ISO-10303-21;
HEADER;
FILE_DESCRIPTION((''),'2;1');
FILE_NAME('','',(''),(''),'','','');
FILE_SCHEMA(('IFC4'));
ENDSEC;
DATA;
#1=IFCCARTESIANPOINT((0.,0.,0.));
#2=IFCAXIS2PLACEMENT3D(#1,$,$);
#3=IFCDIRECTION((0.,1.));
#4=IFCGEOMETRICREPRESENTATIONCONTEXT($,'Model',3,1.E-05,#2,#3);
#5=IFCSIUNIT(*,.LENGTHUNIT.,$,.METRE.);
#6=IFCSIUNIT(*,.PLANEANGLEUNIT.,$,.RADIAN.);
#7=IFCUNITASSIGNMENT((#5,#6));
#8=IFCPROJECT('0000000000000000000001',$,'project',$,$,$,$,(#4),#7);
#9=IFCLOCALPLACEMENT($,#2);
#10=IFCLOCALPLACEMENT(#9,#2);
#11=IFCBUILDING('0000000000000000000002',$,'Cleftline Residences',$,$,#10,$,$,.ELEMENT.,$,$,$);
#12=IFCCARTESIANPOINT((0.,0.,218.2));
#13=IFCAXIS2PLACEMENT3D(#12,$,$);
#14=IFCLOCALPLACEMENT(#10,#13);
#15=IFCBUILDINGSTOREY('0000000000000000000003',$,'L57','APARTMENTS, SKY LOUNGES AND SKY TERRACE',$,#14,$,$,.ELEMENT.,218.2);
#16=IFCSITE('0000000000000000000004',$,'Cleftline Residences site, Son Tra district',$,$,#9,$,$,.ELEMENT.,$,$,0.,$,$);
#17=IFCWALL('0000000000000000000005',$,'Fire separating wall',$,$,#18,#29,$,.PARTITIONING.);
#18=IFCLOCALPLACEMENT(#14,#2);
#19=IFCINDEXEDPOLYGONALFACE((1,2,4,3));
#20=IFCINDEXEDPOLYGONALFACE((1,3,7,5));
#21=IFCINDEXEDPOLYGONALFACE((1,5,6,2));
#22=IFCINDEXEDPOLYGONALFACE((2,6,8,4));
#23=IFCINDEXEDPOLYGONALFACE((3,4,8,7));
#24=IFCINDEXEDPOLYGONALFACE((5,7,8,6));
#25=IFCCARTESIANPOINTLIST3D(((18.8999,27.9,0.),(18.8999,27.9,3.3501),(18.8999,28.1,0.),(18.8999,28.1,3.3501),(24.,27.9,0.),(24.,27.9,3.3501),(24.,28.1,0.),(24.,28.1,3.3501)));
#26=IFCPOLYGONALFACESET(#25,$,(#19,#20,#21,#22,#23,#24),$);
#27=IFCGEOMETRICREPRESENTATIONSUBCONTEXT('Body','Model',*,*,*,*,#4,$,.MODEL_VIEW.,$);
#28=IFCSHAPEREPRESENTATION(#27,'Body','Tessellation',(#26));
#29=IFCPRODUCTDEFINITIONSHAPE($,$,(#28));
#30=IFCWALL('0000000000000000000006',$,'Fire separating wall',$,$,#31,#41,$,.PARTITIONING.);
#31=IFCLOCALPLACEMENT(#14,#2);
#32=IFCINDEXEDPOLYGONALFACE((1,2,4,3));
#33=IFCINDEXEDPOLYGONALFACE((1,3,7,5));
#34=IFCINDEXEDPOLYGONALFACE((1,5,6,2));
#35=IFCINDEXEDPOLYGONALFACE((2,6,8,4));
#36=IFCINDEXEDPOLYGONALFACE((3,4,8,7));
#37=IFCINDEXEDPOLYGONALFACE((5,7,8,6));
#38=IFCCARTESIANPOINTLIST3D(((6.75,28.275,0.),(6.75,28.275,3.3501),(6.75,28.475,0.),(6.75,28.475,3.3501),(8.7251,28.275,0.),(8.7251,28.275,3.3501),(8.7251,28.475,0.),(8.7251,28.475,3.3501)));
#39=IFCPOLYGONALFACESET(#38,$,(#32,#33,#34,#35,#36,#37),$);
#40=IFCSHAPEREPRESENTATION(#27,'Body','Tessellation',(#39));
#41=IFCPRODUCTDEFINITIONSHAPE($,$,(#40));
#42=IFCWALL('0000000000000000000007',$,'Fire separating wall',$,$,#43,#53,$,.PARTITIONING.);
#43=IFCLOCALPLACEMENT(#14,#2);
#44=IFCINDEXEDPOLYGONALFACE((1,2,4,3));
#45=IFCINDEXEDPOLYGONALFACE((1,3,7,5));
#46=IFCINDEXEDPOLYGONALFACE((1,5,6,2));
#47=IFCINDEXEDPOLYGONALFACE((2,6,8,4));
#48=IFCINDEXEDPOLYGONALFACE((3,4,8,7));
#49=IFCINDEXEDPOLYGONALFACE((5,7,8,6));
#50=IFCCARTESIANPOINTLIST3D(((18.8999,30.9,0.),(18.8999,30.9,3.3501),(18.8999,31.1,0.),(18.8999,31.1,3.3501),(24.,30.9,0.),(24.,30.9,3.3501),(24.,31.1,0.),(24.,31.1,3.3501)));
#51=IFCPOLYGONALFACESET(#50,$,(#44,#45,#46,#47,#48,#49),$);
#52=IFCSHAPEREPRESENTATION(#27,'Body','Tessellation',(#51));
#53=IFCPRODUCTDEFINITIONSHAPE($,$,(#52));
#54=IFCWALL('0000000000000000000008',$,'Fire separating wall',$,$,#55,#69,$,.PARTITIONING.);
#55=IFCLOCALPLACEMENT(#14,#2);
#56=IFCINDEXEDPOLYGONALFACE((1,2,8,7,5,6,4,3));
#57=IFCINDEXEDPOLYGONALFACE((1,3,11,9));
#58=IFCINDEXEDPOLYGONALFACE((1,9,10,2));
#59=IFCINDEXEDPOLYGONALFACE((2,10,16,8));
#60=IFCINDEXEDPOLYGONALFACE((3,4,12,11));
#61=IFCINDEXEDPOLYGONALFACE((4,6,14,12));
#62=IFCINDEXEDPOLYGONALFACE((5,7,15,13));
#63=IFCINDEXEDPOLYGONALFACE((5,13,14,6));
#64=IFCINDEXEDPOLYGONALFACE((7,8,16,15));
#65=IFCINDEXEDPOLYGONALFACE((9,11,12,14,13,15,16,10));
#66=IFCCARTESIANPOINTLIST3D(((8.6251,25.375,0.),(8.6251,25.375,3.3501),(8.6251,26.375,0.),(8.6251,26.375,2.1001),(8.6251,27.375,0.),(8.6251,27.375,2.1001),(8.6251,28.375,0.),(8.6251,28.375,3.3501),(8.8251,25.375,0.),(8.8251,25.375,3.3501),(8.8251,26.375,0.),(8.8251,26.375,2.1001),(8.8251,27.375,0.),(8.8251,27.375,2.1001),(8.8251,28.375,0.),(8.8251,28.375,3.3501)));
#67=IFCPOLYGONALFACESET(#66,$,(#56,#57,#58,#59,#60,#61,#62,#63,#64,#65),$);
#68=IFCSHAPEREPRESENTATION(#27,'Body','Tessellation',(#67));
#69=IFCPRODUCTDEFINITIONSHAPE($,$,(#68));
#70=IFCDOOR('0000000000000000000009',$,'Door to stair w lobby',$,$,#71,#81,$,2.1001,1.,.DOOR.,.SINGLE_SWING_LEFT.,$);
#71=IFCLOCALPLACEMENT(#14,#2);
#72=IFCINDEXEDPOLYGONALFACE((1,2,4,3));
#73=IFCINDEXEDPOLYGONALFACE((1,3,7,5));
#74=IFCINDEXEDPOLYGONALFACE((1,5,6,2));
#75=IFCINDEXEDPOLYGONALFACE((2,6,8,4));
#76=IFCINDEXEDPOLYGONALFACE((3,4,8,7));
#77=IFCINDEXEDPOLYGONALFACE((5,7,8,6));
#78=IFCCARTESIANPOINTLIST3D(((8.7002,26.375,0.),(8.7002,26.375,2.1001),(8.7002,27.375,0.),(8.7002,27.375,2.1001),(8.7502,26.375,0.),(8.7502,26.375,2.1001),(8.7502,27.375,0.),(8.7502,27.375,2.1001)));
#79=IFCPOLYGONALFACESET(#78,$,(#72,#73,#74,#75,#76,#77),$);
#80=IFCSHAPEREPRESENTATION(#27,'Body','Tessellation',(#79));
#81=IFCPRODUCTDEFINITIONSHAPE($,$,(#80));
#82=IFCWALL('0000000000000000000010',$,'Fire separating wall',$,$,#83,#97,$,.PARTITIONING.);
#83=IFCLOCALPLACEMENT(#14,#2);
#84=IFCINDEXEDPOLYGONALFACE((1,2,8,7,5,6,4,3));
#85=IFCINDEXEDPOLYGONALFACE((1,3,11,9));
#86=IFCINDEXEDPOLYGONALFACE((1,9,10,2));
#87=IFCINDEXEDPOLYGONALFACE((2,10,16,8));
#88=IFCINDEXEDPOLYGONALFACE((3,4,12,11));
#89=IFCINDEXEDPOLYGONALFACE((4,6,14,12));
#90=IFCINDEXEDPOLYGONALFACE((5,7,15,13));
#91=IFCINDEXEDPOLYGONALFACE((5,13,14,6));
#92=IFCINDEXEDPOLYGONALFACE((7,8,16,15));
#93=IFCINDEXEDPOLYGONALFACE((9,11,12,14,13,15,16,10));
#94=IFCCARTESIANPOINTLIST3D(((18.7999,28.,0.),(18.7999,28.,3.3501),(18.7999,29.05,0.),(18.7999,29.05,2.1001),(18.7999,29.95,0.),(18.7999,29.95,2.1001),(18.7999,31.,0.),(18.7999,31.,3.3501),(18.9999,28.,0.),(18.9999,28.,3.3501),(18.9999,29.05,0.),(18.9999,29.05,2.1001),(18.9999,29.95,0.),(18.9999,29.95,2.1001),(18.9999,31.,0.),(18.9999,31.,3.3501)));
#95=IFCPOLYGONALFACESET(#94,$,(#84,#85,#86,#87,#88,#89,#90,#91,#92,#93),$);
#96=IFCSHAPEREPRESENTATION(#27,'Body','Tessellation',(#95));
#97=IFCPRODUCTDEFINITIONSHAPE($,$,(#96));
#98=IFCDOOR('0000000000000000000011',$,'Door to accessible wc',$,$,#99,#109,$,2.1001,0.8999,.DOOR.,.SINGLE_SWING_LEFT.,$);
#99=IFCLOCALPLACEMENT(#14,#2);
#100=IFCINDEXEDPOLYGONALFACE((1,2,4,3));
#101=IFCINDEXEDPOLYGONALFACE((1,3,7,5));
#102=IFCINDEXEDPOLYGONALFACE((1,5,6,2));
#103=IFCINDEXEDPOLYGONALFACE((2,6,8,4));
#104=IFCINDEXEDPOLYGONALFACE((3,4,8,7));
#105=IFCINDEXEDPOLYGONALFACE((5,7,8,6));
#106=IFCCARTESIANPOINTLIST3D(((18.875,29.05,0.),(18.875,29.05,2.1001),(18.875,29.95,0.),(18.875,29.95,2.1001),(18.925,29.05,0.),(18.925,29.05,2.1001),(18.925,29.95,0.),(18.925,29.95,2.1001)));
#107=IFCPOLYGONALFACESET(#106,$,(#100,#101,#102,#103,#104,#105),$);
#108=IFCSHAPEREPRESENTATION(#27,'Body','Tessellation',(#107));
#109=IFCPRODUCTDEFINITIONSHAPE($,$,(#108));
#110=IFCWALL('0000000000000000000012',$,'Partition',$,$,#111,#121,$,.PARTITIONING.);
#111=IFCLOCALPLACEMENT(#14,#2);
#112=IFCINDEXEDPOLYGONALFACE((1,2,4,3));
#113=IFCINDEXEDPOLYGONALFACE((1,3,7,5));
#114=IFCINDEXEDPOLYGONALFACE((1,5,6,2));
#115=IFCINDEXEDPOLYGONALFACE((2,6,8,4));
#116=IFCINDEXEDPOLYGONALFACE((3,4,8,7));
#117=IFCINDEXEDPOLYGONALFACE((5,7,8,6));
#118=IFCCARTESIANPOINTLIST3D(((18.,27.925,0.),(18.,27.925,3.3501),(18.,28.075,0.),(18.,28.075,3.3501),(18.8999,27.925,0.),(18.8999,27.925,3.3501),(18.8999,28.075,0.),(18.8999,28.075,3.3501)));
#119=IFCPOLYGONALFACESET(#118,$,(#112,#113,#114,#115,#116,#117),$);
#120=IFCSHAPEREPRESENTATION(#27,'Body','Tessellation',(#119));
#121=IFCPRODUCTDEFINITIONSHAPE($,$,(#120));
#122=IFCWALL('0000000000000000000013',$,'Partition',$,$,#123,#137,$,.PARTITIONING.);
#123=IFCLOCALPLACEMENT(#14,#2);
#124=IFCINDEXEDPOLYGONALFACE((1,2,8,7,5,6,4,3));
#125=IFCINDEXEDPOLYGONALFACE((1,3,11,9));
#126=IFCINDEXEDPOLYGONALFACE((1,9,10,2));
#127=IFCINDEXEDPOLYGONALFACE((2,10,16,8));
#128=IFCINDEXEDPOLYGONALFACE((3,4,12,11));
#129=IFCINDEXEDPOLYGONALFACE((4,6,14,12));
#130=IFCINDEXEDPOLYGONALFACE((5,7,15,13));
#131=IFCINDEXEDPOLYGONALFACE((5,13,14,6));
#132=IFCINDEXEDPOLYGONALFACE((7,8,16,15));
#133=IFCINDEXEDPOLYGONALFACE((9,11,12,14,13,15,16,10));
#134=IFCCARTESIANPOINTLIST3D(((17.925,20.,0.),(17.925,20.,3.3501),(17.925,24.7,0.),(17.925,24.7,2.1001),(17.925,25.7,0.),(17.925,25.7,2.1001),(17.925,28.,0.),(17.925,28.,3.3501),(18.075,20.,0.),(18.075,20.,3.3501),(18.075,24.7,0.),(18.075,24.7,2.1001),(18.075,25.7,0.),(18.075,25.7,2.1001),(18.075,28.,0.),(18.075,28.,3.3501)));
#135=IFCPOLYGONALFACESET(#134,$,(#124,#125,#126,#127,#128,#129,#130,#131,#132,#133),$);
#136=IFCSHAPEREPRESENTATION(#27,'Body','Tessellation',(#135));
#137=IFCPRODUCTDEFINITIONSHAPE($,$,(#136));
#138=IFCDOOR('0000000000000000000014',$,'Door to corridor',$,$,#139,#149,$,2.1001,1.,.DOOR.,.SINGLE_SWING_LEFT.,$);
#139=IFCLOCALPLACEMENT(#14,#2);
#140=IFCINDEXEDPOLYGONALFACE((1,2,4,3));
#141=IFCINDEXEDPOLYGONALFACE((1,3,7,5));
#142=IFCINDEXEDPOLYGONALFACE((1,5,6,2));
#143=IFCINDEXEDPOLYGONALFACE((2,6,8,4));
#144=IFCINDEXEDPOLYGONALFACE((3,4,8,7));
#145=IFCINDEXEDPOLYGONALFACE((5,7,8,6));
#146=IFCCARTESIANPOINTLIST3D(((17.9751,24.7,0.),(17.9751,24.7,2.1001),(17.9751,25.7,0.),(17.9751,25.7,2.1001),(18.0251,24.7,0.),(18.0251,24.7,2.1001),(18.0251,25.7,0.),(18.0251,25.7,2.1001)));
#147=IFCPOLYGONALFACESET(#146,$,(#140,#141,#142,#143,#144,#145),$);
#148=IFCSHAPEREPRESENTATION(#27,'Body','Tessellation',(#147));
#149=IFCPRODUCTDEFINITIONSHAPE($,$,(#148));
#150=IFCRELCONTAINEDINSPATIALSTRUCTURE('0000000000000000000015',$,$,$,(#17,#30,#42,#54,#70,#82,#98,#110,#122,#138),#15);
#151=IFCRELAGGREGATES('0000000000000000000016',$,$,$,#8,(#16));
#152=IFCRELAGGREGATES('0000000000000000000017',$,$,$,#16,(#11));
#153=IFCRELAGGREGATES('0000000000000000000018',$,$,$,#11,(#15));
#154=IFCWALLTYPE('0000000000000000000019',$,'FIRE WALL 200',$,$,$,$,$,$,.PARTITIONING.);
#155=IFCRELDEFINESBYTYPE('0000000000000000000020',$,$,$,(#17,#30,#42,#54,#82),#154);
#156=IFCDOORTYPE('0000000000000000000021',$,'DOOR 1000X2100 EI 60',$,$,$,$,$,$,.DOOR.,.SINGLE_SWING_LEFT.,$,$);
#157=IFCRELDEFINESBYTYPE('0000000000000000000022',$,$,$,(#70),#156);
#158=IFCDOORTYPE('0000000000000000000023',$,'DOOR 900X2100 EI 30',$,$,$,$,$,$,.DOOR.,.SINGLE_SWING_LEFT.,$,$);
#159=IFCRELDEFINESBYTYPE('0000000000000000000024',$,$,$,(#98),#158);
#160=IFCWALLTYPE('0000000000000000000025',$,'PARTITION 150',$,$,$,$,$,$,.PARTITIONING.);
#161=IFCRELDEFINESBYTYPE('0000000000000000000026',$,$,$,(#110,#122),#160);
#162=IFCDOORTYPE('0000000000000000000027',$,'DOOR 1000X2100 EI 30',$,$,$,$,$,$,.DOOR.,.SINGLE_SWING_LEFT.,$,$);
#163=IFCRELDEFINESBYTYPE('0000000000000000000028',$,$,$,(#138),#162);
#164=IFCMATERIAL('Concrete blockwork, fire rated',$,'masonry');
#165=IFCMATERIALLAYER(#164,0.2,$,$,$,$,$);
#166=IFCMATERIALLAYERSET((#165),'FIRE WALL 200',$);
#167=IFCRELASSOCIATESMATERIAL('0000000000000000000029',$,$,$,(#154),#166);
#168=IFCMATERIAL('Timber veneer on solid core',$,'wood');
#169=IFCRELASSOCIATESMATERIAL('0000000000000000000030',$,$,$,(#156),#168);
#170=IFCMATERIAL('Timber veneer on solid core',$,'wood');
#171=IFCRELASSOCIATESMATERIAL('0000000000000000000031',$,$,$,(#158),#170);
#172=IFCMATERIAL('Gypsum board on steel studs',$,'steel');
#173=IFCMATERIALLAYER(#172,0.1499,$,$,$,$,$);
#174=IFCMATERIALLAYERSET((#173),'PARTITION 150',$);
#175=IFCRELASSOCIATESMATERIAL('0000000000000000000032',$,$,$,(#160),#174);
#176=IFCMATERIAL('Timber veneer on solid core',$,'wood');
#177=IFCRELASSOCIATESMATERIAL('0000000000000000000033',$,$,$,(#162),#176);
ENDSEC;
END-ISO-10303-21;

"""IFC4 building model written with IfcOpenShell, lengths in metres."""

from ifc_helpers import new_model, si_unit, direction, frame, frame_2d, origin, place, context, subcontext, project, spatial, rectangle, extrude, material, layer, layer_set, type_object, element, fill, save


model = new_model("IFC4")

# Units and contexts
model_context = context("Model", 3, precision=1e-05, world=origin(), true_north=direction((0.0, 1.0)))
body_context = subcontext(model_context, "Body", "Model", "MODEL_VIEW")
ifc_project = project(units=[si_unit("LENGTHUNIT", "METRE"), si_unit("PLANEANGLEUNIT", "RADIAN")], contexts=[model_context])

# Site, building, storey
site_placement = place(None, origin())
site = spatial("IfcSite", under=ifc_project, at=site_placement, Name="Cleftline Residences site, Son Tra district", CompositionType="ELEMENT", RefElevation=0.0)
building_placement = place(site_placement, origin())
building = spatial("IfcBuilding", under=site, at=building_placement, Name="Cleftline Residences", CompositionType="ELEMENT")
storey_placement = place(building_placement, frame((0.0, 0.0, 218.2)))
storey = spatial("IfcBuildingStorey", under=building, at=storey_placement, Name="L57", Description="APARTMENTS, SKY LOUNGES AND SKY TERRACE", CompositionType="ELEMENT", Elevation=218.2)

# Walls
ifc_material_1 = material(Name="Concrete blockwork, fire rated", Category="masonry")
ifc_layer_1 = layer(ifc_material_1, 0.2)
ifc_layer_set_1 = layer_set([ifc_layer_1], Name="FIRE WALL 200")
wall_type_1 = type_object("IfcWallType", Name="FIRE WALL 200", PredefinedType="PARTITIONING", material=ifc_layer_set_1)
wall_1_placement = place(storey_placement, frame((18.8999, 28.0, 0.0), z_axis=(0.0, 0.0, 1.0), x_axis=(1.0, 0.0, 0.0)))
element("IfcWall", 1, at=wall_1_placement, inside=storey, type_object=wall_type_1, Name="Fire separating wall", PredefinedType="PARTITIONING", context=body_context, shape_type="SweptSolid", body=[
    extrude(rectangle(XDim=5.1001, YDim=0.2, at=frame_2d((2.55, 0.0))), origin(), (0.0, 0.0, 1.0), 3.3501),
])
wall_2_placement = place(storey_placement, frame((6.75, 28.375, 0.0), z_axis=(0.0, 0.0, 1.0), x_axis=(1.0, 0.0, 0.0)))
element("IfcWall", 2, at=wall_2_placement, inside=storey, type_object=wall_type_1, Name="Fire separating wall", PredefinedType="PARTITIONING", context=body_context, shape_type="SweptSolid", body=[
    extrude(rectangle(XDim=1.9751, YDim=0.2, at=frame_2d((0.9875, 0.0))), origin(), (0.0, 0.0, 1.0), 3.3501),
])
wall_3_placement = place(storey_placement, frame((18.8999, 31.0, 0.0), z_axis=(0.0, 0.0, 1.0), x_axis=(1.0, 0.0, 0.0)))
element("IfcWall", 3, at=wall_3_placement, inside=storey, type_object=wall_type_1, Name="Fire separating wall", PredefinedType="PARTITIONING", context=body_context, shape_type="SweptSolid", body=[
    extrude(rectangle(XDim=5.1001, YDim=0.2, at=frame_2d((2.55, 0.0))), origin(), (0.0, 0.0, 1.0), 3.3501),
])

# Walls, openings, doors
wall_4_placement = place(storey_placement, frame((8.7251, 25.375, 0.0), z_axis=(0.0, 0.0, 1.0), x_axis=(0.0, 1.0, 0.0)))
wall_4 = element("IfcWall", 4, at=wall_4_placement, inside=storey, type_object=wall_type_1, Name="Fire separating wall", PredefinedType="PARTITIONING", context=body_context, shape_type="SweptSolid", body=[
    extrude(rectangle(XDim=3.0, YDim=0.2, at=frame_2d((1.5, 0.0))), origin(), (0.0, 0.0, 1.0), 3.3501),
])
opening_1_placement = place(wall_4_placement, frame((1.0, 0.0, 0.0)))
opening_1 = element("IfcOpeningElement", 5, at=opening_1_placement, cuts=wall_4, PredefinedType="OPENING", context=body_context, shape_type="SweptSolid", body=[
    extrude(rectangle(XDim=1.0, YDim=2.1001, at=frame_2d((0.5, 1.05))), frame((0.0, 0.1099, 0.0), z_axis=(0.0, -1.0, 0.0), x_axis=(1.0, 0.0, 0.0)), (0.0, 0.0, 1.0), 0.22),
])
ifc_material_2 = material(Name="Timber veneer on solid core", Category="wood")
door_type_1 = type_object("IfcDoorType", Name="DOOR 1000X2100 EI 60", OperationType="SINGLE_SWING_LEFT", PredefinedType="DOOR", material=ifc_material_2)
door_1_placement = place(opening_1_placement, origin())
door_1 = element("IfcDoor", 6, at=door_1_placement, inside=storey, type_object=door_type_1, Name="Door to stair w lobby", OperationType="SINGLE_SWING_LEFT", OverallHeight=2.1001, OverallWidth=1.0, PredefinedType="DOOR", context=body_context, shape_type="SweptSolid", body=[
    extrude(rectangle(XDim=1.0, YDim=2.1001, at=frame_2d((0.5, 1.05))), frame((0.0, 0.0249, 0.0), z_axis=(0.0, -1.0, 0.0), x_axis=(1.0, 0.0, 0.0)), (0.0, 0.0, 1.0), 0.05),
])
fill(opening_1, door_1)
wall_5_placement = place(storey_placement, frame((18.8999, 28.0, 0.0), z_axis=(0.0, 0.0, 1.0), x_axis=(0.0, 1.0, 0.0)))
wall_5 = element("IfcWall", 7, at=wall_5_placement, inside=storey, type_object=wall_type_1, Name="Fire separating wall", PredefinedType="PARTITIONING", context=body_context, shape_type="SweptSolid", body=[
    extrude(rectangle(XDim=3.0, YDim=0.2, at=frame_2d((1.5, 0.0))), origin(), (0.0, 0.0, 1.0), 3.3501),
])
opening_2_placement = place(wall_5_placement, frame((1.05, 0.0, 0.0)))
opening_2 = element("IfcOpeningElement", 8, at=opening_2_placement, cuts=wall_5, PredefinedType="OPENING", context=body_context, shape_type="SweptSolid", body=[
    extrude(rectangle(XDim=0.8999, YDim=2.1001, at=frame_2d((0.45, 1.05))), frame((0.0, 0.1099, 0.0), z_axis=(0.0, -1.0, 0.0), x_axis=(1.0, 0.0, 0.0)), (0.0, 0.0, 1.0), 0.22),
])
ifc_material_3 = material(Name="Timber veneer on solid core", Category="wood")
door_type_2 = type_object("IfcDoorType", Name="DOOR 900X2100 EI 30", OperationType="SINGLE_SWING_LEFT", PredefinedType="DOOR", material=ifc_material_3)
door_2_placement = place(opening_2_placement, origin())
door_2 = element("IfcDoor", 9, at=door_2_placement, inside=storey, type_object=door_type_2, Name="Door to accessible wc", OperationType="SINGLE_SWING_LEFT", OverallHeight=2.1001, OverallWidth=0.8999, PredefinedType="DOOR", context=body_context, shape_type="SweptSolid", body=[
    extrude(rectangle(XDim=0.8999, YDim=2.1001, at=frame_2d((0.45, 1.05))), frame((0.0, 0.0249, 0.0), z_axis=(0.0, -1.0, 0.0), x_axis=(1.0, 0.0, 0.0)), (0.0, 0.0, 1.0), 0.05),
])
fill(opening_2, door_2)

# Wall
ifc_material_4 = material(Name="Gypsum board on steel studs", Category="steel")
ifc_layer_2 = layer(ifc_material_4, 0.1499)
ifc_layer_set_2 = layer_set([ifc_layer_2], Name="PARTITION 150")
wall_type_2 = type_object("IfcWallType", Name="PARTITION 150", PredefinedType="PARTITIONING", material=ifc_layer_set_2)
wall_6_placement = place(storey_placement, frame((18.0, 28.0, 0.0), z_axis=(0.0, 0.0, 1.0), x_axis=(1.0, 0.0, 0.0)))
element("IfcWall", 10, at=wall_6_placement, inside=storey, type_object=wall_type_2, Name="Partition", PredefinedType="PARTITIONING", context=body_context, shape_type="SweptSolid", body=[
    extrude(rectangle(XDim=0.8999, YDim=0.1499, at=frame_2d((0.45, 0.0))), origin(), (0.0, 0.0, 1.0), 3.3501),
])

# Wall, opening, door
wall_7_placement = place(storey_placement, frame((18.0, 20.0, 0.0), z_axis=(0.0, 0.0, 1.0), x_axis=(0.0, 1.0, 0.0)))
wall_7 = element("IfcWall", 11, at=wall_7_placement, inside=storey, type_object=wall_type_2, Name="Partition", PredefinedType="PARTITIONING", context=body_context, shape_type="SweptSolid", body=[
    extrude(rectangle(XDim=8.0, YDim=0.1499, at=frame_2d((4.0, 0.0))), origin(), (0.0, 0.0, 1.0), 3.3501),
])
opening_3_placement = place(wall_7_placement, frame((4.7, 0.0, 0.0)))
opening_3 = element("IfcOpeningElement", 12, at=opening_3_placement, cuts=wall_7, PredefinedType="OPENING", context=body_context, shape_type="SweptSolid", body=[
    extrude(rectangle(XDim=1.0, YDim=2.1001, at=frame_2d((0.5, 1.05))), frame((0.0, 0.085, 0.0), z_axis=(0.0, -1.0, 0.0), x_axis=(1.0, 0.0, 0.0)), (0.0, 0.0, 1.0), 0.1699),
])
ifc_material_5 = material(Name="Timber veneer on solid core", Category="wood")
door_type_3 = type_object("IfcDoorType", Name="DOOR 1000X2100 EI 30", OperationType="SINGLE_SWING_LEFT", PredefinedType="DOOR", material=ifc_material_5)
door_3_placement = place(opening_3_placement, origin())
door_3 = element("IfcDoor", 13, at=door_3_placement, inside=storey, type_object=door_type_3, Name="Door to corridor", OperationType="SINGLE_SWING_LEFT", OverallHeight=2.1001, OverallWidth=1.0, PredefinedType="DOOR", context=body_context, shape_type="SweptSolid", body=[
    extrude(rectangle(XDim=1.0, YDim=2.1001, at=frame_2d((0.5, 1.05))), frame((0.0, 0.0249, 0.0), z_axis=(0.0, -1.0, 0.0), x_axis=(1.0, 0.0, 0.0)), (0.0, 0.0, 1.0), 0.05),
])
fill(opening_3, door_3)

save(model, "model.ifc")
